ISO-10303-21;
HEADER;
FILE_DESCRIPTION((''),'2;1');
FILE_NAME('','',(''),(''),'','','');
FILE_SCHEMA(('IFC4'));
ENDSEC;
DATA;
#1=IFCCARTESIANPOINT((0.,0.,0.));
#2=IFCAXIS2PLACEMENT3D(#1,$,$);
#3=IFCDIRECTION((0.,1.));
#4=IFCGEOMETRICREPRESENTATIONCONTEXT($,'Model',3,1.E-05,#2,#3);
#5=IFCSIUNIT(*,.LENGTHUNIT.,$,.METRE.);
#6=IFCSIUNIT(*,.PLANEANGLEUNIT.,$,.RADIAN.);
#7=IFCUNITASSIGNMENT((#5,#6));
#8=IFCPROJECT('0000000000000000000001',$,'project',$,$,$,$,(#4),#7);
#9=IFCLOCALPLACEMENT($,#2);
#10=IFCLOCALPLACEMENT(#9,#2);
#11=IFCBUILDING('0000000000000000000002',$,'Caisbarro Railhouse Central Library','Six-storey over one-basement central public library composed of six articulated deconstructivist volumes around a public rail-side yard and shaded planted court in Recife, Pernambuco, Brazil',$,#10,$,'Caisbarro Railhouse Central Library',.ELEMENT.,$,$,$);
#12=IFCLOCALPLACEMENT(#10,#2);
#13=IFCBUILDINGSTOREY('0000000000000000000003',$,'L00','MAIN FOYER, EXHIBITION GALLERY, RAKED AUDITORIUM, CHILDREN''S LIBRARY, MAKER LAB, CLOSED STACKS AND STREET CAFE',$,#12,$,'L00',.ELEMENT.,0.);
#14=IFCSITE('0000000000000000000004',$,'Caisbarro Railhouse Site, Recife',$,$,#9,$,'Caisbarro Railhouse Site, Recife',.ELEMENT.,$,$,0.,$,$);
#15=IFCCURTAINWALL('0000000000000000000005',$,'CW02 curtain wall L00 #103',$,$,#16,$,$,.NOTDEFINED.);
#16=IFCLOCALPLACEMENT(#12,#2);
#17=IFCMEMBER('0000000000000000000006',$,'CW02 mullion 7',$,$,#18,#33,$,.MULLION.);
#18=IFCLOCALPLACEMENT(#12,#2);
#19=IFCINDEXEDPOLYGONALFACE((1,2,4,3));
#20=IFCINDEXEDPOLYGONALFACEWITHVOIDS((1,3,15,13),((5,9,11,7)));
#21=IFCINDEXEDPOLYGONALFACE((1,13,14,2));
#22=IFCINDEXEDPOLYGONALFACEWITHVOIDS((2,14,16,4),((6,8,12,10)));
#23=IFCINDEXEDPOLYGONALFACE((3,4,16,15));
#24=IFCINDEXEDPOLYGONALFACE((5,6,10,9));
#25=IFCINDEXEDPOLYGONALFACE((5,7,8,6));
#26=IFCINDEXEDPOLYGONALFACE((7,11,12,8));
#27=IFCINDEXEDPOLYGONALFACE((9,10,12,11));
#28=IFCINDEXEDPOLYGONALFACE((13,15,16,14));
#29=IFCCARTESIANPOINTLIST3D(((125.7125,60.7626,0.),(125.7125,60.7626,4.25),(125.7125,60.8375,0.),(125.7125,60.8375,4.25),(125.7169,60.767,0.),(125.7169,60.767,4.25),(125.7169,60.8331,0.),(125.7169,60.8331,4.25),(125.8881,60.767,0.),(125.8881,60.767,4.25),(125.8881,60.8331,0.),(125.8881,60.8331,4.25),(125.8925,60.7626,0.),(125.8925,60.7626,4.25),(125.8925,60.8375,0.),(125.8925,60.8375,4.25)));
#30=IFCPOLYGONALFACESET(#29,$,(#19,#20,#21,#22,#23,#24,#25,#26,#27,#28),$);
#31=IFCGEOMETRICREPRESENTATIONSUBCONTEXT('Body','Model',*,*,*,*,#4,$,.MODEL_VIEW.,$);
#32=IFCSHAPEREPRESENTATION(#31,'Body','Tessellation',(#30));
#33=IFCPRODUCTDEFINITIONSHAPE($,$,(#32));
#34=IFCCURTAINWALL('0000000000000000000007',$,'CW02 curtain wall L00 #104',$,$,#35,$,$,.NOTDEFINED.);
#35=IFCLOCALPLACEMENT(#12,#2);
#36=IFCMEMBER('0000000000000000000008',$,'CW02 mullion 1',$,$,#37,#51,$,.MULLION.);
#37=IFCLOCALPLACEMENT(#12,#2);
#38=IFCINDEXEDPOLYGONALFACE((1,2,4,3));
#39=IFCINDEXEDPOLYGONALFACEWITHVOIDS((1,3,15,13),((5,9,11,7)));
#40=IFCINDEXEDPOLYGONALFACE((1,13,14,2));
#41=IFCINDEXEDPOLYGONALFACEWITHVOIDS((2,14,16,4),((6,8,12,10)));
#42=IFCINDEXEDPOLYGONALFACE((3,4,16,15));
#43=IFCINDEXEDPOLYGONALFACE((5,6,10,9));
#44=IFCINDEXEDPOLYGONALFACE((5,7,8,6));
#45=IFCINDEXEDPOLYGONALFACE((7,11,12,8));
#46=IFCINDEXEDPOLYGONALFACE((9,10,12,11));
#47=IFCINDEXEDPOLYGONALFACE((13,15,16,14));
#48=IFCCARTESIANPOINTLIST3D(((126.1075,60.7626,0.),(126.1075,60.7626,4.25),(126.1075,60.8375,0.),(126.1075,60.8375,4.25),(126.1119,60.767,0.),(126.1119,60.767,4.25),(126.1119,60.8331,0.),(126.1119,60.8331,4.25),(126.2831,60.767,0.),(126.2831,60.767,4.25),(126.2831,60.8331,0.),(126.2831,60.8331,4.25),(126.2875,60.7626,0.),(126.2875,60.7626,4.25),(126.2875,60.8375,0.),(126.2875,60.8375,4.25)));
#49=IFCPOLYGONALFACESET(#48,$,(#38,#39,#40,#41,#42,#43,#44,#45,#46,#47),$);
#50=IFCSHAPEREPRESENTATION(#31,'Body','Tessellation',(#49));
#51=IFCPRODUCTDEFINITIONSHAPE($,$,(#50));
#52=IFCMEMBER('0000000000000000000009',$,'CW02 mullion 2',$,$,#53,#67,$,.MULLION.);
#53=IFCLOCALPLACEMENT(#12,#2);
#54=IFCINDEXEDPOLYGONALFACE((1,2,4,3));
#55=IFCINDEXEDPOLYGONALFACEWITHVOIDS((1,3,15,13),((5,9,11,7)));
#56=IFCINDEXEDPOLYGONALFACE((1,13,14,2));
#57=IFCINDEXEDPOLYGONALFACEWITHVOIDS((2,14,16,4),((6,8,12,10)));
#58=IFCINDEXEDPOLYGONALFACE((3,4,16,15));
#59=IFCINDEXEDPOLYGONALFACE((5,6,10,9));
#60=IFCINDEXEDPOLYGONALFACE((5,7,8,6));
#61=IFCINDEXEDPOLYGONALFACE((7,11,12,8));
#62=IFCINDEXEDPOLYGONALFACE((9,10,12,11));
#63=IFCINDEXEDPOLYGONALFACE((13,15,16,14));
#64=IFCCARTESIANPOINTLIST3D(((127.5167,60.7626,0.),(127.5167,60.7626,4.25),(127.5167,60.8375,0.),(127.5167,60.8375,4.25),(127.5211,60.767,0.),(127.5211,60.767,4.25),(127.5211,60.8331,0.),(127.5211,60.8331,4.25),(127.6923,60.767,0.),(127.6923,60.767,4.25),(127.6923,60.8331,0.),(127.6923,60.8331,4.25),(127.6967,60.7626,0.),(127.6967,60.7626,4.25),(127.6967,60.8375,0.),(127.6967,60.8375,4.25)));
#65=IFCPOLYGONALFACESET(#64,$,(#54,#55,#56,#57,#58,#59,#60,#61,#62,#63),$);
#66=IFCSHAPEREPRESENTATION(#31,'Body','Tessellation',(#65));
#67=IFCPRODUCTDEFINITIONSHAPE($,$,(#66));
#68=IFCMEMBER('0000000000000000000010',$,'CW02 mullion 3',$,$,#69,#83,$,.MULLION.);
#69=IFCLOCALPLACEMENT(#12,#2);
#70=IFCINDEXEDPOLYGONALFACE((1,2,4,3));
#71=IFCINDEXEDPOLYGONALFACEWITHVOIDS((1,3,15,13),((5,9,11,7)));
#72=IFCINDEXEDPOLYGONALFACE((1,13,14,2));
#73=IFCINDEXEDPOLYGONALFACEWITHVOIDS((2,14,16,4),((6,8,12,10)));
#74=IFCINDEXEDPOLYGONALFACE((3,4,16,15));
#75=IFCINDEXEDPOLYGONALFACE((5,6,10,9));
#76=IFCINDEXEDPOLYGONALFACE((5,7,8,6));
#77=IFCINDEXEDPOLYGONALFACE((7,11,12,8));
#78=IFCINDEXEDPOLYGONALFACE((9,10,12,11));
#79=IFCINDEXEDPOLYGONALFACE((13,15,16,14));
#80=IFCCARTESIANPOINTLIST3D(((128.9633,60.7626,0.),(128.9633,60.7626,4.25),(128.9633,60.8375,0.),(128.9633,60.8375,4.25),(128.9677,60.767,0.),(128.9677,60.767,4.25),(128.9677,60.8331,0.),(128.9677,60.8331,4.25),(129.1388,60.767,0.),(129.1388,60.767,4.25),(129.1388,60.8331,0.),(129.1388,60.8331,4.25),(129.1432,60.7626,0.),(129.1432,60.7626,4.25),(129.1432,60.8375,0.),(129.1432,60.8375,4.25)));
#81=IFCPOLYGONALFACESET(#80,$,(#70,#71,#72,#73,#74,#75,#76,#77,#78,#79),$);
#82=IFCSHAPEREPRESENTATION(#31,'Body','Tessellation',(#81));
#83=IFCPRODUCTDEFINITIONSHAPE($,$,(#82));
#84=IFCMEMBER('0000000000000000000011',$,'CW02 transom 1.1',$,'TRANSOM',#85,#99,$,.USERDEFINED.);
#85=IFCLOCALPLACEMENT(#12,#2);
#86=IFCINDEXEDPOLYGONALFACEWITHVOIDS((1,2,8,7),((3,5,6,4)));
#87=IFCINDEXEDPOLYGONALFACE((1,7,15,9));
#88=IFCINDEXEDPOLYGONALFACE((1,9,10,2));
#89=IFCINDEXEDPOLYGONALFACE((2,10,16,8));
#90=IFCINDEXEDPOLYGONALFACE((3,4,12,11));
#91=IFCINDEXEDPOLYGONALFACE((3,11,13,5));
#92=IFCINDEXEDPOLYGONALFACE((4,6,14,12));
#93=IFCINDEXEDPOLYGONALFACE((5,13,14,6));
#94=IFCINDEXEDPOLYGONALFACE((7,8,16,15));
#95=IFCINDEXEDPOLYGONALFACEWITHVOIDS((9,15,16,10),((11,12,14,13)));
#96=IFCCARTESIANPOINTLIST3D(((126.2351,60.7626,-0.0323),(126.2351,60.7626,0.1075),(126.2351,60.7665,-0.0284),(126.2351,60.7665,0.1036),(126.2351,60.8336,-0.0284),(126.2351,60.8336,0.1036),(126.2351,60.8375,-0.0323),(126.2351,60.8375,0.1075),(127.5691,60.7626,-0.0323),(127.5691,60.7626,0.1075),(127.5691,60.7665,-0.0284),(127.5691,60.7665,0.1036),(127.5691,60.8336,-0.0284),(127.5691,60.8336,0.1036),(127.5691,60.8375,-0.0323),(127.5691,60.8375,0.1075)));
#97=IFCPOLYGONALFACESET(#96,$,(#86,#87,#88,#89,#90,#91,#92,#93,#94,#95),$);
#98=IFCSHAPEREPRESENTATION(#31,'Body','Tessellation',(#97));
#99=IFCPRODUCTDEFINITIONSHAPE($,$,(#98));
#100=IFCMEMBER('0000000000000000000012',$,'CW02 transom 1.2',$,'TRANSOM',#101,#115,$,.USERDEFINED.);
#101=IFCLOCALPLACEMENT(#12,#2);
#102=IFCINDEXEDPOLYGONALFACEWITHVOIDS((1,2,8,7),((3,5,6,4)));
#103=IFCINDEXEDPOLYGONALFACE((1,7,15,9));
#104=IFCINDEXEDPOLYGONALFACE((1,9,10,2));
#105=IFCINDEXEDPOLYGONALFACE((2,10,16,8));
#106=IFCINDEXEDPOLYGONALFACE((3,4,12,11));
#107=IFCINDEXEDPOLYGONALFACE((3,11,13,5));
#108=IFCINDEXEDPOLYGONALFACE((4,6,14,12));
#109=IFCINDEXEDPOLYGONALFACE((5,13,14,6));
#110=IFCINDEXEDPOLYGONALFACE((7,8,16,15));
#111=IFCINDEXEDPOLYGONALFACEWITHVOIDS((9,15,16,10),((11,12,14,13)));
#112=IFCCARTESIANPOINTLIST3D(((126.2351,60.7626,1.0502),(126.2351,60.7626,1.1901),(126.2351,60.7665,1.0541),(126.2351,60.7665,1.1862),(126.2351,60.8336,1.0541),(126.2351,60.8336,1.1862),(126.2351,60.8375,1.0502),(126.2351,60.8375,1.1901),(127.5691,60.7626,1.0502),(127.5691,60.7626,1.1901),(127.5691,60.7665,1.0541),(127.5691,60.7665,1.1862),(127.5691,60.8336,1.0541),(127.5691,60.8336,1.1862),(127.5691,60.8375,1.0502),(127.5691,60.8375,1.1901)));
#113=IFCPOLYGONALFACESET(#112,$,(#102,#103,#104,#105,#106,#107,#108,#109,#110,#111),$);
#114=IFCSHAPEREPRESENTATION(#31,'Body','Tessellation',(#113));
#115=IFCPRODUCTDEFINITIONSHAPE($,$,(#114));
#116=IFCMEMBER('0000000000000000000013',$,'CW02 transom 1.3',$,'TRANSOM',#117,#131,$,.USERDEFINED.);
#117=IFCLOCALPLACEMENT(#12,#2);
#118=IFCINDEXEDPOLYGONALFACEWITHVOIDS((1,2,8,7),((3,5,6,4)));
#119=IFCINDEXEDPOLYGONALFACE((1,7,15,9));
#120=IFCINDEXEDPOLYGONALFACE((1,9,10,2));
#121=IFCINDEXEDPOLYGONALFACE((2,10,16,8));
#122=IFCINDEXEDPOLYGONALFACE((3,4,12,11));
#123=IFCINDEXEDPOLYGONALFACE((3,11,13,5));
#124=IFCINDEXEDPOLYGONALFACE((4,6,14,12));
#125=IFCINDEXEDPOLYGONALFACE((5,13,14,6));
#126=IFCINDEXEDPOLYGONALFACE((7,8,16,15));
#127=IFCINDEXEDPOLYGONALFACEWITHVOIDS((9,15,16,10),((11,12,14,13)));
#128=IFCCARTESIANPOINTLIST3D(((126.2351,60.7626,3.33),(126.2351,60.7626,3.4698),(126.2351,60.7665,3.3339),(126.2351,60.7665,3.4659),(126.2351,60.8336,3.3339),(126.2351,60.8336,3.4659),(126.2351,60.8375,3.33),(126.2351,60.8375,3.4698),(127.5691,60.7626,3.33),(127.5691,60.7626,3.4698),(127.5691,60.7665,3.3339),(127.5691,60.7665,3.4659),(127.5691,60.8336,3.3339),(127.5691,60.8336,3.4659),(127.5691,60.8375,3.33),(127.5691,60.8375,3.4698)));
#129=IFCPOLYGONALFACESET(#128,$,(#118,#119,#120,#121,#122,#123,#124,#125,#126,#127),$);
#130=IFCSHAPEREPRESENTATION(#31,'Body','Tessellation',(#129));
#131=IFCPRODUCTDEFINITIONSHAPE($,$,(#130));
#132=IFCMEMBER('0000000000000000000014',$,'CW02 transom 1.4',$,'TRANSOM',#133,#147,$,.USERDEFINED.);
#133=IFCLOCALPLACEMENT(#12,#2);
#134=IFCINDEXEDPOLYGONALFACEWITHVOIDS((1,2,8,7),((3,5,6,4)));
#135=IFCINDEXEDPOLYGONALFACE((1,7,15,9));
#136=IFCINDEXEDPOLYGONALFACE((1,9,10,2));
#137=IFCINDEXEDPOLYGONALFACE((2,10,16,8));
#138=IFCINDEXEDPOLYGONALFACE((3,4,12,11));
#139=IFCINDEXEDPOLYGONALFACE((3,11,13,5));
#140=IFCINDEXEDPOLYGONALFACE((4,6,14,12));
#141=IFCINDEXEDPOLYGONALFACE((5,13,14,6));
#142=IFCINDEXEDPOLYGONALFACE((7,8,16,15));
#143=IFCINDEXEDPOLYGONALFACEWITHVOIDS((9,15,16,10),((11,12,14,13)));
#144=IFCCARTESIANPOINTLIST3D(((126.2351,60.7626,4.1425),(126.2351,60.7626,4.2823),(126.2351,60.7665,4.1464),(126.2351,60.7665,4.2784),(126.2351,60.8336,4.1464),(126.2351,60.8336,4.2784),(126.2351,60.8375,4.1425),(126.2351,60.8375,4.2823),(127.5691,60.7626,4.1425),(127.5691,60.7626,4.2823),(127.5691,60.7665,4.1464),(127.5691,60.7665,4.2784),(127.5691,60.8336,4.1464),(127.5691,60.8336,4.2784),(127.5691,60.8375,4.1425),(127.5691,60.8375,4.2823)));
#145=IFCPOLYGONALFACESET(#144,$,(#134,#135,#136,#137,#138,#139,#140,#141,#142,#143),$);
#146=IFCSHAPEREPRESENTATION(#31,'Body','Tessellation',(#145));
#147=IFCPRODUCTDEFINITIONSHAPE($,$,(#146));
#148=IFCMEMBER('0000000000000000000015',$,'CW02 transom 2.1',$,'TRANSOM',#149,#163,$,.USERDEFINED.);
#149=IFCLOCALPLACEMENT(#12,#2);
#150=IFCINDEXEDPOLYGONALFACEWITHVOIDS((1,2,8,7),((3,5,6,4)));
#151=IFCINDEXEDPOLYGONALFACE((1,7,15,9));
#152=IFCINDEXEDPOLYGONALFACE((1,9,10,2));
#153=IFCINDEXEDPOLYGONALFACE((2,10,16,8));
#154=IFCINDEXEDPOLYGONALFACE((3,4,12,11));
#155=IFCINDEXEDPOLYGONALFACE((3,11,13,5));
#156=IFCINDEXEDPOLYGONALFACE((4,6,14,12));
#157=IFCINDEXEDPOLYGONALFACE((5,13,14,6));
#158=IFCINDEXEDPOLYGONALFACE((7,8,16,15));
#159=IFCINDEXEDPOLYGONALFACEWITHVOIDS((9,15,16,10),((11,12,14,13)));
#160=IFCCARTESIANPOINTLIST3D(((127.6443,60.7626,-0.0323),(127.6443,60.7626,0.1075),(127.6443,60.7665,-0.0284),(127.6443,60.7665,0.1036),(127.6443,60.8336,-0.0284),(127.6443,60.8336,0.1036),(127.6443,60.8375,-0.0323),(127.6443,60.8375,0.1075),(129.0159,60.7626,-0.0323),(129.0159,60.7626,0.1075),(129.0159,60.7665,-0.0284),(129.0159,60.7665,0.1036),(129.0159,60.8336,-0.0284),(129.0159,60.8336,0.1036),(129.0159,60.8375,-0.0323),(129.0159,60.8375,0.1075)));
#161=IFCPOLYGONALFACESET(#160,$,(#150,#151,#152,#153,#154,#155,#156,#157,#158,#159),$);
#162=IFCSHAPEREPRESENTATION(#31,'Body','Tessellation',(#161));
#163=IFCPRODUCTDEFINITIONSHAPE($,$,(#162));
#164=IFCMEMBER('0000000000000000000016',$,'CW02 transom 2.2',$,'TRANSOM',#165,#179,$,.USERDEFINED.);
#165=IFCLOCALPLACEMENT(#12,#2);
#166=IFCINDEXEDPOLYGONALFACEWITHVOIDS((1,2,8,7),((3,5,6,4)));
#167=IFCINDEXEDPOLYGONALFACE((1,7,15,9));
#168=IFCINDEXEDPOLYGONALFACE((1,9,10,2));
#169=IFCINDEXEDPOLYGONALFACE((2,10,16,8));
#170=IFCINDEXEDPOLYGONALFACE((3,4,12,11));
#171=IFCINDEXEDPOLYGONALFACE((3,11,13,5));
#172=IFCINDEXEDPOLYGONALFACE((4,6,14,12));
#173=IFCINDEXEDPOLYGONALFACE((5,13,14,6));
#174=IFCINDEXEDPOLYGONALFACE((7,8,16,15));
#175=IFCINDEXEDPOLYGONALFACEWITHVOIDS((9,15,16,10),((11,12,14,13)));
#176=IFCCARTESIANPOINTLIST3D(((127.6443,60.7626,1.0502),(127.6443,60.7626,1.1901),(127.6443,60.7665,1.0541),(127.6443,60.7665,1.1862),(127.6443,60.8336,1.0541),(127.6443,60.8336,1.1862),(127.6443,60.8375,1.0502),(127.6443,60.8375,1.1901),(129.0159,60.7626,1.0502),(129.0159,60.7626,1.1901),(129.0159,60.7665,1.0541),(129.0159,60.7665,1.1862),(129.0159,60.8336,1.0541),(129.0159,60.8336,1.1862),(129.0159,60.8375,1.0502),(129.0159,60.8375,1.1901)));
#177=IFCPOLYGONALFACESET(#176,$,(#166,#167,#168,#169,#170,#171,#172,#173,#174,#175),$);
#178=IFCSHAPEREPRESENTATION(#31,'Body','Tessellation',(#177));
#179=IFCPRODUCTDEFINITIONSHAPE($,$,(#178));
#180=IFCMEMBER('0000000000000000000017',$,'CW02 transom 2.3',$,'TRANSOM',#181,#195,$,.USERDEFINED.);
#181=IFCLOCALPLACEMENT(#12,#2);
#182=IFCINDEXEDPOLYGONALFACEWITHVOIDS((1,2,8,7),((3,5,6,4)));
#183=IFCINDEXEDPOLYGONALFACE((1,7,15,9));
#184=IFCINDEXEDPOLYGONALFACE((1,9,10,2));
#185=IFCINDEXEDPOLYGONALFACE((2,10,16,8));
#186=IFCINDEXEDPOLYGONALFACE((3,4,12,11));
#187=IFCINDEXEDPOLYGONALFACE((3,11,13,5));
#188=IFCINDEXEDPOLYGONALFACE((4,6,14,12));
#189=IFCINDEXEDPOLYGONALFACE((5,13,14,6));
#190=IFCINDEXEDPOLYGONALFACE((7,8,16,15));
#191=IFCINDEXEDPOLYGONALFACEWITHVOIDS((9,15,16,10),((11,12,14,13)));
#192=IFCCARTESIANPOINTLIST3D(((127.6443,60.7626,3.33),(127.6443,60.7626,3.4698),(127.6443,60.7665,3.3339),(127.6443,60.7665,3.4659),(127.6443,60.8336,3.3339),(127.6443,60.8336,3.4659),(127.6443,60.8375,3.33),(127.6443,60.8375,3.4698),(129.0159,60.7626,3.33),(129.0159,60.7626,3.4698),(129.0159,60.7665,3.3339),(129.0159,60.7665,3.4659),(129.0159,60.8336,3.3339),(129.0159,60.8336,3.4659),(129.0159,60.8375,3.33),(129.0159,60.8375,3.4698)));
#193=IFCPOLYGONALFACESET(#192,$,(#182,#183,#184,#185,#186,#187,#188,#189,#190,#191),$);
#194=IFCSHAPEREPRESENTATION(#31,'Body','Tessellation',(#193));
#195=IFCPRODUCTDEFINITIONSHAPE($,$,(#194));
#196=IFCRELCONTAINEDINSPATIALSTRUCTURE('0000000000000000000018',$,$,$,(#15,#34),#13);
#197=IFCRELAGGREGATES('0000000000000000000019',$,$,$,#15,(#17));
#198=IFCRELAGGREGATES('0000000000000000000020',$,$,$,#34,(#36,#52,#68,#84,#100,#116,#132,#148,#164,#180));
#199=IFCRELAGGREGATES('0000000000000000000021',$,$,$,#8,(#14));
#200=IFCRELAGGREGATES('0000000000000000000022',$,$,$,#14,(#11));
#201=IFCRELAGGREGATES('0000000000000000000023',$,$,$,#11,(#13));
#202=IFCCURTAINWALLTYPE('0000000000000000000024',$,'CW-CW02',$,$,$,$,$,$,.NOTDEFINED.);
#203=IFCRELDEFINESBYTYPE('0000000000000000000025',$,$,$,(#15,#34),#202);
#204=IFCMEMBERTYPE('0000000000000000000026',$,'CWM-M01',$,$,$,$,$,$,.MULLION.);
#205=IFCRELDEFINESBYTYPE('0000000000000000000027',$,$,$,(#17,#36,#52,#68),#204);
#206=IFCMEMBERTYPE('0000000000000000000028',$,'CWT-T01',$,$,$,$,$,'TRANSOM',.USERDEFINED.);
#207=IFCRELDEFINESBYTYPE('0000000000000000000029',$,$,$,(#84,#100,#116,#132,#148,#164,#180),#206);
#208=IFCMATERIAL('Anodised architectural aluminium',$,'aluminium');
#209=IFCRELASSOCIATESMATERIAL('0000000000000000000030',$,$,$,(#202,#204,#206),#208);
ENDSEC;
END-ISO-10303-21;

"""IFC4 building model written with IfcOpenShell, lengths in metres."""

from ifc_helpers import new_model, si_unit, direction, frame, origin, origin_2d, place, context, subcontext, project, spatial, hollow_rectangle, extrude, material, material_profile, profile_set, type_object, element, aggregate, save


model = new_model("IFC4")

# Units and contexts
model_context = context("Model", 3, precision=1e-05, world=origin(), true_north=direction((0.0, 1.0)))
body_context = subcontext(model_context, "Body", "Model", "MODEL_VIEW")
ifc_project = project(units=[si_unit("LENGTHUNIT", "METRE"), si_unit("PLANEANGLEUNIT", "RADIAN")], contexts=[model_context])

# Site, building, storey
site_placement = place(None, origin())
site = spatial("IfcSite", under=ifc_project, at=site_placement, Name="Caisbarro Railhouse Site, Recife", LongName="Caisbarro Railhouse Site, Recife", CompositionType="ELEMENT", RefElevation=0.0)
building_placement = place(site_placement, origin())
building = spatial("IfcBuilding", under=site, at=building_placement, Name="Caisbarro Railhouse Central Library", Description="Six-storey over one-basement central public library composed of six articulated deconstructivist volumes around a public rail-side yard and shaded planted court in Recife, Pernambuco, Brazil", LongName="Caisbarro Railhouse Central Library", CompositionType="ELEMENT")
storey_placement = place(building_placement, origin())
storey = spatial("IfcBuildingStorey", under=building, at=storey_placement, Name="L00", Description="MAIN FOYER, EXHIBITION GALLERY, RAKED AUDITORIUM, CHILDREN'S LIBRARY, MAKER LAB, CLOSED STACKS AND STREET CAFE", LongName="L00", CompositionType="ELEMENT", Elevation=0.0)

# Curtain wall, member
ifc_material_1 = material(Name="Anodised architectural aluminium", Category="aluminium")
curtain_wall_type = type_object("IfcCurtainWallType", Name="CW-CW02", PredefinedType="NOTDEFINED", material=ifc_material_1)
curtain_wall_1_placement = place(storey_placement, origin())
curtain_wall_1 = element("IfcCurtainWall", 1, at=curtain_wall_1_placement, inside=storey, type_object=curtain_wall_type, Name="CW02 curtain wall L00 #103", PredefinedType="NOTDEFINED")
ifc_material_profile_1 = material_profile(ifc_material_1, hollow_rectangle(XDim=0.075, YDim=0.1799, WallThickness=0.0044, at=origin_2d()), Name="ALU-MUL-75X180")
ifc_profile_set_1 = profile_set([ifc_material_profile_1], Name="Anodised architectural aluminium")
member_type_1 = type_object("IfcMemberType", Name="CWM-M01", PredefinedType="MULLION", material=ifc_profile_set_1)
member_1_placement = place(storey_placement, frame((125.8025, 60.8, 0.0), z_axis=(0.0, 0.0, 1.0), x_axis=(0.0, 1.0, 0.0)))
member_1 = element("IfcMember", 2, at=member_1_placement, type_object=member_type_1, Name="CW02 mullion 7", PredefinedType="MULLION", context=body_context, shape_type="SweptSolid", body=[
    extrude(hollow_rectangle(XDim=0.075, YDim=0.1799, WallThickness=0.0044, at=origin_2d()), origin(), (0.0, 0.0, 1.0), 4.25),
])
aggregate(curtain_wall_1, [member_1])

# Curtain wall, members
curtain_wall_2_placement = place(storey_placement, origin())
curtain_wall_2 = element("IfcCurtainWall", 3, at=curtain_wall_2_placement, inside=storey, type_object=curtain_wall_type, Name="CW02 curtain wall L00 #104", PredefinedType="NOTDEFINED")
member_2_placement = place(storey_placement, frame((126.1975, 60.8, 0.0), z_axis=(0.0, 0.0, 1.0), x_axis=(0.0, 1.0, 0.0)))
member_2 = element("IfcMember", 4, at=member_2_placement, type_object=member_type_1, Name="CW02 mullion 1", PredefinedType="MULLION", context=body_context, shape_type="SweptSolid", body=[
    extrude(hollow_rectangle(XDim=0.075, YDim=0.1799, WallThickness=0.0044, at=origin_2d()), origin(), (0.0, 0.0, 1.0), 4.25),
])
member_3_placement = place(storey_placement, frame((127.6067, 60.8, 0.0), z_axis=(0.0, 0.0, 1.0), x_axis=(0.0, 1.0, 0.0)))
member_3 = element("IfcMember", 5, at=member_3_placement, type_object=member_type_1, Name="CW02 mullion 2", PredefinedType="MULLION", context=body_context, shape_type="SweptSolid", body=[
    extrude(hollow_rectangle(XDim=0.075, YDim=0.1799, WallThickness=0.0044, at=origin_2d()), origin(), (0.0, 0.0, 1.0), 4.25),
])
member_4_placement = place(storey_placement, frame((129.0532, 60.8, 0.0), z_axis=(0.0, 0.0, 1.0), x_axis=(0.0, 1.0, 0.0)))
member_4 = element("IfcMember", 6, at=member_4_placement, type_object=member_type_1, Name="CW02 mullion 3", PredefinedType="MULLION", context=body_context, shape_type="SweptSolid", body=[
    extrude(hollow_rectangle(XDim=0.075, YDim=0.1799, WallThickness=0.0044, at=origin_2d()), origin(), (0.0, 0.0, 1.0), 4.25),
])
ifc_material_profile_2 = material_profile(ifc_material_1, hollow_rectangle(XDim=0.075, YDim=0.1399, WallThickness=0.0039, at=origin_2d()), Name="ALU-TRN-75X140")
ifc_profile_set_2 = profile_set([ifc_material_profile_2], Name="Anodised architectural aluminium")
member_type_2 = type_object("IfcMemberType", Name="CWT-T01", ElementType="TRANSOM", PredefinedType="USERDEFINED", material=ifc_profile_set_2)
member_5_placement = place(storey_placement, frame((126.2351, 60.8, 0.0376), z_axis=(1.0, 0.0, 0.0), x_axis=(0.0, 1.0, 0.0)))
member_5 = element("IfcMember", 7, at=member_5_placement, type_object=member_type_2, Name="CW02 transom 1.1", ObjectType="TRANSOM", PredefinedType="USERDEFINED", context=body_context, shape_type="SweptSolid", body=[
    extrude(hollow_rectangle(XDim=0.075, YDim=0.1399, WallThickness=0.0039, at=origin_2d()), origin(), (0.0, 0.0, 1.0), 1.334),
])
member_6_placement = place(storey_placement, frame((126.2351, 60.8, 1.1201), z_axis=(1.0, 0.0, 0.0), x_axis=(0.0, 1.0, 0.0)))
member_6 = element("IfcMember", 8, at=member_6_placement, type_object=member_type_2, Name="CW02 transom 1.2", ObjectType="TRANSOM", PredefinedType="USERDEFINED", context=body_context, shape_type="SweptSolid", body=[
    extrude(hollow_rectangle(XDim=0.075, YDim=0.1399, WallThickness=0.0039, at=origin_2d()), origin(), (0.0, 0.0, 1.0), 1.334),
])
member_7_placement = place(storey_placement, frame((126.2351, 60.8, 3.3999), z_axis=(1.0, 0.0, 0.0), x_axis=(0.0, 1.0, 0.0)))
member_7 = element("IfcMember", 9, at=member_7_placement, type_object=member_type_2, Name="CW02 transom 1.3", ObjectType="TRANSOM", PredefinedType="USERDEFINED", context=body_context, shape_type="SweptSolid", body=[
    extrude(hollow_rectangle(XDim=0.075, YDim=0.1399, WallThickness=0.0039, at=origin_2d()), origin(), (0.0, 0.0, 1.0), 1.334),
])
member_8_placement = place(storey_placement, frame((126.2351, 60.8, 4.2124), z_axis=(1.0, 0.0, 0.0), x_axis=(0.0, 1.0, 0.0)))
member_8 = element("IfcMember", 10, at=member_8_placement, type_object=member_type_2, Name="CW02 transom 1.4", ObjectType="TRANSOM", PredefinedType="USERDEFINED", context=body_context, shape_type="SweptSolid", body=[
    extrude(hollow_rectangle(XDim=0.075, YDim=0.1399, WallThickness=0.0039, at=origin_2d()), origin(), (0.0, 0.0, 1.0), 1.334),
])
member_9_placement = place(storey_placement, frame((127.6443, 60.8, 0.0376), z_axis=(1.0, 0.0, 0.0), x_axis=(0.0, 1.0, 0.0)))
member_9 = element("IfcMember", 11, at=member_9_placement, type_object=member_type_2, Name="CW02 transom 2.1", ObjectType="TRANSOM", PredefinedType="USERDEFINED", context=body_context, shape_type="SweptSolid", body=[
    extrude(hollow_rectangle(XDim=0.075, YDim=0.1399, WallThickness=0.0039, at=origin_2d()), origin(), (0.0, 0.0, 1.0), 1.3716),
])
member_10_placement = place(storey_placement, frame((127.6443, 60.8, 1.1201), z_axis=(1.0, 0.0, 0.0), x_axis=(0.0, 1.0, 0.0)))
member_10 = element("IfcMember", 12, at=member_10_placement, type_object=member_type_2, Name="CW02 transom 2.2", ObjectType="TRANSOM", PredefinedType="USERDEFINED", context=body_context, shape_type="SweptSolid", body=[
    extrude(hollow_rectangle(XDim=0.075, YDim=0.1399, WallThickness=0.0039, at=origin_2d()), origin(), (0.0, 0.0, 1.0), 1.3716),
])
member_11_placement = place(storey_placement, frame((127.6443, 60.8, 3.3999), z_axis=(1.0, 0.0, 0.0), x_axis=(0.0, 1.0, 0.0)))
member_11 = element("IfcMember", 13, at=member_11_placement, type_object=member_type_2, Name="CW02 transom 2.3", ObjectType="TRANSOM", PredefinedType="USERDEFINED", context=body_context, shape_type="SweptSolid", body=[
    extrude(hollow_rectangle(XDim=0.075, YDim=0.1399, WallThickness=0.0039, at=origin_2d()), origin(), (0.0, 0.0, 1.0), 1.3716),
])
aggregate(curtain_wall_2, [member_2, member_3, member_4, member_5, member_6, member_7, member_8, member_9, member_10, member_11])

save(model, "model.ifc")
